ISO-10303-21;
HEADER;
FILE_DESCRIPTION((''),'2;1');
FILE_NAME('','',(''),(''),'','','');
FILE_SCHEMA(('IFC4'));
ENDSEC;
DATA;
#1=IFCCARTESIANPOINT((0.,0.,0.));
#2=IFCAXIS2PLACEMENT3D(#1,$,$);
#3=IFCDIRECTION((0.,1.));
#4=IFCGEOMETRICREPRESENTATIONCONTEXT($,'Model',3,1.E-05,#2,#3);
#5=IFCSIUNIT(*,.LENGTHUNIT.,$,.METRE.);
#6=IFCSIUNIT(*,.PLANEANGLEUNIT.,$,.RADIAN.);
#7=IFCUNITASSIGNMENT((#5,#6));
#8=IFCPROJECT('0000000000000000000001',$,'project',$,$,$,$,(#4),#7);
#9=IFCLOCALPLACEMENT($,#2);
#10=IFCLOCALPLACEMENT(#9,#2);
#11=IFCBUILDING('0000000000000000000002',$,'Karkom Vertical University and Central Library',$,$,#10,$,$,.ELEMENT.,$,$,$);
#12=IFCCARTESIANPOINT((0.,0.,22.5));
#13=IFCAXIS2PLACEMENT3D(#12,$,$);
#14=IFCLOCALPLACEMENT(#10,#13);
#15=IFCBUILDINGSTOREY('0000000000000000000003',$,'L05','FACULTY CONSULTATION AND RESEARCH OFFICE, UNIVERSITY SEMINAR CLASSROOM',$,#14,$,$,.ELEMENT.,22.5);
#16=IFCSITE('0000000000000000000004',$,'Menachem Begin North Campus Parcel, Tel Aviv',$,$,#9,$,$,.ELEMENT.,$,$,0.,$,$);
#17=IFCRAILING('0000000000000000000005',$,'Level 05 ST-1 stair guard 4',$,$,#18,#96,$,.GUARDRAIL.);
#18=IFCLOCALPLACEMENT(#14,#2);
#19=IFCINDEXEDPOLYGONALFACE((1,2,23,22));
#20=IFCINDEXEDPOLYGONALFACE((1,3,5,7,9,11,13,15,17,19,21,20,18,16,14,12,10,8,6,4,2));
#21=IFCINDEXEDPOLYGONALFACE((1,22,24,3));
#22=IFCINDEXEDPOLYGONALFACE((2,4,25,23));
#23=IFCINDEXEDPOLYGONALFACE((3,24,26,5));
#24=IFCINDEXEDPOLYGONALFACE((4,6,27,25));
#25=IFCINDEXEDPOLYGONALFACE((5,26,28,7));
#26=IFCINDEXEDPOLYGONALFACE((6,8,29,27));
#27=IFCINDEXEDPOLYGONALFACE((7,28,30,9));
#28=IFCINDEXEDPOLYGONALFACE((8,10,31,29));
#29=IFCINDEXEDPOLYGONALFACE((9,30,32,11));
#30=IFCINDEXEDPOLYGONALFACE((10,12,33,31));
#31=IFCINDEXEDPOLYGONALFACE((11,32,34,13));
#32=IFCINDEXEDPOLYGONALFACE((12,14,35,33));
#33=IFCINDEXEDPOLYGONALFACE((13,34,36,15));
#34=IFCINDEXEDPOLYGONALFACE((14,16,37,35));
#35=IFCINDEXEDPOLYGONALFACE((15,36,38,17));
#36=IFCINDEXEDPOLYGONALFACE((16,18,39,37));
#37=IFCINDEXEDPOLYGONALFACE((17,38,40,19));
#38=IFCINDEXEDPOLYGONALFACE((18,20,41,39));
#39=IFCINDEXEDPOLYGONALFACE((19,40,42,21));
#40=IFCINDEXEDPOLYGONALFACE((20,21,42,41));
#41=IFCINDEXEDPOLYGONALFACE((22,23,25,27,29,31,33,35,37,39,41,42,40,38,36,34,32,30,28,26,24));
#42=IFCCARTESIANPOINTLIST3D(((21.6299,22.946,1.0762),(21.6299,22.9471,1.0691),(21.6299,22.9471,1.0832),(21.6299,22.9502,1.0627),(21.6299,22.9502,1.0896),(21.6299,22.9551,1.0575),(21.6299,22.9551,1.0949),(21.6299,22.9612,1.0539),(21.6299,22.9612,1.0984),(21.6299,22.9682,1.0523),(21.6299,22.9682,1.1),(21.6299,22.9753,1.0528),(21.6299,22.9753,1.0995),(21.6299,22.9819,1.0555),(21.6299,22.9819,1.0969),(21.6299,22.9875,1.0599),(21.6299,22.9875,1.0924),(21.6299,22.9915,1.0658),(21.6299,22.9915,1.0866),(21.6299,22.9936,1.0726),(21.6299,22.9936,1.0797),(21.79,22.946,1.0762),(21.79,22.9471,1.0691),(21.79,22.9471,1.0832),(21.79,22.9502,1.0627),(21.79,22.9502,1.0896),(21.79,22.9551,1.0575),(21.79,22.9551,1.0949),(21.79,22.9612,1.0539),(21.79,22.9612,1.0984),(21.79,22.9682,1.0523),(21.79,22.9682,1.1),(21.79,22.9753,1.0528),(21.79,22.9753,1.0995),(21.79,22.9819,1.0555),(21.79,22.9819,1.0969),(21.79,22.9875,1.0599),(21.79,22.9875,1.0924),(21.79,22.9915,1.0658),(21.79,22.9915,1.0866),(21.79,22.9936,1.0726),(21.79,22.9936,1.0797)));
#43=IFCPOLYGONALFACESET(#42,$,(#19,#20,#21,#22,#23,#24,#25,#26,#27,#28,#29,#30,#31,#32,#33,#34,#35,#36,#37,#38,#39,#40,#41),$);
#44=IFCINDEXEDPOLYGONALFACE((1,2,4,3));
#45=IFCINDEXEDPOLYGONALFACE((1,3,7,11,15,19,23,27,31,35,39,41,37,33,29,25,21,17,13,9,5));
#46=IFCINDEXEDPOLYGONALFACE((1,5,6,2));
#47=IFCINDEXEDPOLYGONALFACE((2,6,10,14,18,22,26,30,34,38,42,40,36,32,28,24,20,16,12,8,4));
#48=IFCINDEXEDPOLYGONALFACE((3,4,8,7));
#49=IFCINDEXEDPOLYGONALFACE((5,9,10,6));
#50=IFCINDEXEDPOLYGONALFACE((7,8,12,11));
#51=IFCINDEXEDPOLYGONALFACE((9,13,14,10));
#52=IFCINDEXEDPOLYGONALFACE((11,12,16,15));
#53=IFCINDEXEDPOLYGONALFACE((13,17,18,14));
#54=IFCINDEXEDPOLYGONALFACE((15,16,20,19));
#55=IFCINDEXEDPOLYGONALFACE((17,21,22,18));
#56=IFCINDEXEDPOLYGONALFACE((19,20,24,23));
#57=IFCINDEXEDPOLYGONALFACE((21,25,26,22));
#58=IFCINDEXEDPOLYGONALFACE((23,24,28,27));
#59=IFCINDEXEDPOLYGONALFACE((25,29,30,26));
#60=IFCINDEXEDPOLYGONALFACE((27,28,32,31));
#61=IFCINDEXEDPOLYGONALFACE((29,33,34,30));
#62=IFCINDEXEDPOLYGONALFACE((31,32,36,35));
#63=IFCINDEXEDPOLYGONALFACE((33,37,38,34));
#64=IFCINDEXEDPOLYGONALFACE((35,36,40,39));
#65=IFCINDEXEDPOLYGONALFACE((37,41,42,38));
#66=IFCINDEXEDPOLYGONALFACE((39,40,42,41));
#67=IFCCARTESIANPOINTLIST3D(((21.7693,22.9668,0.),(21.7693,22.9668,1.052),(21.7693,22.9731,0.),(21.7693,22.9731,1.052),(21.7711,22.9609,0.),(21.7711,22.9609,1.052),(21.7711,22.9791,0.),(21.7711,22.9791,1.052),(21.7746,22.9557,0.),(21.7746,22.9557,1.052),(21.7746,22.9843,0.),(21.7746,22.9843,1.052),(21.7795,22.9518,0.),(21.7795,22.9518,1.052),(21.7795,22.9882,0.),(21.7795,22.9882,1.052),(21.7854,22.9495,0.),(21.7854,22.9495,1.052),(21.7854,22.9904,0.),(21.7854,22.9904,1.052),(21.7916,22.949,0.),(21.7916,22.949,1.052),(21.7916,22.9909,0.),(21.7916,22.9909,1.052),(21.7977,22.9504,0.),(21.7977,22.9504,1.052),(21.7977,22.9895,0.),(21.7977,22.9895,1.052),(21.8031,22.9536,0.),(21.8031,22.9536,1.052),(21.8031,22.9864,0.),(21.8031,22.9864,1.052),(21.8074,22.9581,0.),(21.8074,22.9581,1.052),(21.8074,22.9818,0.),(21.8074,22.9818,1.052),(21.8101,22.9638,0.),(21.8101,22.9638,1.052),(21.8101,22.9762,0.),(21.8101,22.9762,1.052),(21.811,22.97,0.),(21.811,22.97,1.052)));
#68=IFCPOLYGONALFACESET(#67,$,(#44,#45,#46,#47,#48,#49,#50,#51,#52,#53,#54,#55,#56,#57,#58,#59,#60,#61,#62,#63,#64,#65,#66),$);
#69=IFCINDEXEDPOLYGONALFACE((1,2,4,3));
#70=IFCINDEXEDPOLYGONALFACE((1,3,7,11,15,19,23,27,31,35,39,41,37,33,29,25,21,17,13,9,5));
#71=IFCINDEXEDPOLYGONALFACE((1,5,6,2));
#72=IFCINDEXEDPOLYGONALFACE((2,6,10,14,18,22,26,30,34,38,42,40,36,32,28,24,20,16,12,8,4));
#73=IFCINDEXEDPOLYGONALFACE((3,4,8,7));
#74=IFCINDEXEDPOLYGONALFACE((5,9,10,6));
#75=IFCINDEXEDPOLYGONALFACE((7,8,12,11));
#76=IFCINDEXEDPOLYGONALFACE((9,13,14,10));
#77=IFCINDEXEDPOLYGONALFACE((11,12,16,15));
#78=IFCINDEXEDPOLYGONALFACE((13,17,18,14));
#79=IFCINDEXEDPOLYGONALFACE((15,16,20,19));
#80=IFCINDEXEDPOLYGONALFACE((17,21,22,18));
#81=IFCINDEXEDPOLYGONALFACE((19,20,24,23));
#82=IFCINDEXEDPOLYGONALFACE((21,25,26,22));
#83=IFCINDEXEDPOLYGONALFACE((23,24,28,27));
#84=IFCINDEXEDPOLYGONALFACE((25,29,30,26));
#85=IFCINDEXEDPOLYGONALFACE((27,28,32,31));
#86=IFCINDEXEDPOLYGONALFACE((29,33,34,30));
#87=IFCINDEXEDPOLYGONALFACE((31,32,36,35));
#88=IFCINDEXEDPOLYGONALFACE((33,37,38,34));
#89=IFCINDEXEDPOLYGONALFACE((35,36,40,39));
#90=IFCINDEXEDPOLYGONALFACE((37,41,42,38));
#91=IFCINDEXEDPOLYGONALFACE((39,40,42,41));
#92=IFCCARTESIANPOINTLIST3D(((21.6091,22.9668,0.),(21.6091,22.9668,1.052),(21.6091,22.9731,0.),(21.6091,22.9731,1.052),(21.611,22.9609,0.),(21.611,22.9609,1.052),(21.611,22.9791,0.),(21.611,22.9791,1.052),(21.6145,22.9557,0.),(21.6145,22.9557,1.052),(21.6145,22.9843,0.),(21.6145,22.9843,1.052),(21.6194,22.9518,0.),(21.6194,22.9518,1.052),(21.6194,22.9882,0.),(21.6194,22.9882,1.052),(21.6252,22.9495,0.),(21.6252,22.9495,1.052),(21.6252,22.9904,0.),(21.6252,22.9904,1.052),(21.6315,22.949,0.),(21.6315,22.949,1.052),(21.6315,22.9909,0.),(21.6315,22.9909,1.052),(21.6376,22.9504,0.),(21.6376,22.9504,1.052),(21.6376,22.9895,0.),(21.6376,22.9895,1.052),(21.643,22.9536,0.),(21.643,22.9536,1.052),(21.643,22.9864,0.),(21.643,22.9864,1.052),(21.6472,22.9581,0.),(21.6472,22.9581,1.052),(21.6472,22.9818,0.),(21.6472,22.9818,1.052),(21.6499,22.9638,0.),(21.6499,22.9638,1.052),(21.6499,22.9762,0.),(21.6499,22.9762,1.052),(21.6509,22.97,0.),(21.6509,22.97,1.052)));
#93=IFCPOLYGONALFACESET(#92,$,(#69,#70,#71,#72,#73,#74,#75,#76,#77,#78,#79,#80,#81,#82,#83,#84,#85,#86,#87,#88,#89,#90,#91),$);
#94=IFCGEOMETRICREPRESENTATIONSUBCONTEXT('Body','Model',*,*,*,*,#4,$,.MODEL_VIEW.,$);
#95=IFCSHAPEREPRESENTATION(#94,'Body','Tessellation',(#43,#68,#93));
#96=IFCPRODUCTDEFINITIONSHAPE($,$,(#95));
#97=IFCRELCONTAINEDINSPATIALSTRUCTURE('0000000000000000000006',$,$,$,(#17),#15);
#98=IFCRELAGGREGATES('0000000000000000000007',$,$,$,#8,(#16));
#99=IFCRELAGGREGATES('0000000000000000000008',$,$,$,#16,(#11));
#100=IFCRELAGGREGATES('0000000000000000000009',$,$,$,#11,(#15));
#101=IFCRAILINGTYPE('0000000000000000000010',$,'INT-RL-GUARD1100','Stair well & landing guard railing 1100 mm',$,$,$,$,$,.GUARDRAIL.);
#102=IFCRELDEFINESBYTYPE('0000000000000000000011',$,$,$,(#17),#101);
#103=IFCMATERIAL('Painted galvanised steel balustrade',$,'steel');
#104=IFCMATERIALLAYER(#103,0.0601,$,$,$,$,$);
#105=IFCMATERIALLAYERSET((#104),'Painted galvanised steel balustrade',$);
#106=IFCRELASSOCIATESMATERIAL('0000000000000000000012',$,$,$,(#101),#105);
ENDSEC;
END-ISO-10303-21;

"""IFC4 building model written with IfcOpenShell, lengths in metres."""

from ifc_helpers import new_model, si_unit, direction, frame, origin, origin_2d, place, context, subcontext, project, spatial, circle, extrude, material, layer, layer_set, type_object, element, save


model = new_model("IFC4")

# Units and contexts
model_context = context("Model", 3, precision=1e-05, world=origin(), true_north=direction((0.0, 1.0)))
body_context = subcontext(model_context, "Body", "Model", "MODEL_VIEW")
ifc_project = project(units=[si_unit("LENGTHUNIT", "METRE"), si_unit("PLANEANGLEUNIT", "RADIAN")], contexts=[model_context])

# Site, building, storey
site_placement = place(None, origin())
site = spatial("IfcSite", under=ifc_project, at=site_placement, Name="Menachem Begin North Campus Parcel, Tel Aviv", CompositionType="ELEMENT", RefElevation=0.0)
building_placement = place(site_placement, origin())
building = spatial("IfcBuilding", under=site, at=building_placement, Name="Karkom Vertical University and Central Library", CompositionType="ELEMENT")
storey_placement = place(building_placement, frame((0.0, 0.0, 22.5)))
storey = spatial("IfcBuildingStorey", under=building, at=storey_placement, Name="L05", Description="FACULTY CONSULTATION AND RESEARCH OFFICE, UNIVERSITY SEMINAR CLASSROOM", CompositionType="ELEMENT", Elevation=22.5)

# Railing
ifc_material_1 = material(Name="Painted galvanised steel balustrade", Category="steel")
ifc_layer_1 = layer(ifc_material_1, 0.0601)
ifc_layer_set_1 = layer_set([ifc_layer_1], Name="Painted galvanised steel balustrade")
railing_type_1 = type_object("IfcRailingType", Name="INT-RL-GUARD1100", Description="Stair well & landing guard railing 1100 mm", PredefinedType="GUARDRAIL", material=ifc_layer_set_1)
railing_1_placement = place(storey_placement, frame((21.79, 22.97, 0.0)))
element("IfcRailing", 1, at=railing_1_placement, inside=storey, type_object=railing_type_1, Name="Level 05 ST-1 stair guard 4", PredefinedType="GUARDRAIL", context=body_context, shape_type="SweptSolid", body=[
    extrude(circle(Radius=0.0239, at=origin_2d()), frame((0.0, 0.0, 1.0762), z_axis=(-1.0, 0.0, 0.0), x_axis=(0.0, -1.0, 0.0)), (0.0, 0.0, 1.0), 0.1602),
    extrude(circle(Radius=0.021, at=origin_2d()), origin(), (0.0, 0.0, 1.0), 1.052),
    extrude(circle(Radius=0.021, at=origin_2d()), frame((-0.1602, 0.0, 0.0)), (0.0, 0.0, 1.0), 1.052),
])

save(model, "model.ifc")
